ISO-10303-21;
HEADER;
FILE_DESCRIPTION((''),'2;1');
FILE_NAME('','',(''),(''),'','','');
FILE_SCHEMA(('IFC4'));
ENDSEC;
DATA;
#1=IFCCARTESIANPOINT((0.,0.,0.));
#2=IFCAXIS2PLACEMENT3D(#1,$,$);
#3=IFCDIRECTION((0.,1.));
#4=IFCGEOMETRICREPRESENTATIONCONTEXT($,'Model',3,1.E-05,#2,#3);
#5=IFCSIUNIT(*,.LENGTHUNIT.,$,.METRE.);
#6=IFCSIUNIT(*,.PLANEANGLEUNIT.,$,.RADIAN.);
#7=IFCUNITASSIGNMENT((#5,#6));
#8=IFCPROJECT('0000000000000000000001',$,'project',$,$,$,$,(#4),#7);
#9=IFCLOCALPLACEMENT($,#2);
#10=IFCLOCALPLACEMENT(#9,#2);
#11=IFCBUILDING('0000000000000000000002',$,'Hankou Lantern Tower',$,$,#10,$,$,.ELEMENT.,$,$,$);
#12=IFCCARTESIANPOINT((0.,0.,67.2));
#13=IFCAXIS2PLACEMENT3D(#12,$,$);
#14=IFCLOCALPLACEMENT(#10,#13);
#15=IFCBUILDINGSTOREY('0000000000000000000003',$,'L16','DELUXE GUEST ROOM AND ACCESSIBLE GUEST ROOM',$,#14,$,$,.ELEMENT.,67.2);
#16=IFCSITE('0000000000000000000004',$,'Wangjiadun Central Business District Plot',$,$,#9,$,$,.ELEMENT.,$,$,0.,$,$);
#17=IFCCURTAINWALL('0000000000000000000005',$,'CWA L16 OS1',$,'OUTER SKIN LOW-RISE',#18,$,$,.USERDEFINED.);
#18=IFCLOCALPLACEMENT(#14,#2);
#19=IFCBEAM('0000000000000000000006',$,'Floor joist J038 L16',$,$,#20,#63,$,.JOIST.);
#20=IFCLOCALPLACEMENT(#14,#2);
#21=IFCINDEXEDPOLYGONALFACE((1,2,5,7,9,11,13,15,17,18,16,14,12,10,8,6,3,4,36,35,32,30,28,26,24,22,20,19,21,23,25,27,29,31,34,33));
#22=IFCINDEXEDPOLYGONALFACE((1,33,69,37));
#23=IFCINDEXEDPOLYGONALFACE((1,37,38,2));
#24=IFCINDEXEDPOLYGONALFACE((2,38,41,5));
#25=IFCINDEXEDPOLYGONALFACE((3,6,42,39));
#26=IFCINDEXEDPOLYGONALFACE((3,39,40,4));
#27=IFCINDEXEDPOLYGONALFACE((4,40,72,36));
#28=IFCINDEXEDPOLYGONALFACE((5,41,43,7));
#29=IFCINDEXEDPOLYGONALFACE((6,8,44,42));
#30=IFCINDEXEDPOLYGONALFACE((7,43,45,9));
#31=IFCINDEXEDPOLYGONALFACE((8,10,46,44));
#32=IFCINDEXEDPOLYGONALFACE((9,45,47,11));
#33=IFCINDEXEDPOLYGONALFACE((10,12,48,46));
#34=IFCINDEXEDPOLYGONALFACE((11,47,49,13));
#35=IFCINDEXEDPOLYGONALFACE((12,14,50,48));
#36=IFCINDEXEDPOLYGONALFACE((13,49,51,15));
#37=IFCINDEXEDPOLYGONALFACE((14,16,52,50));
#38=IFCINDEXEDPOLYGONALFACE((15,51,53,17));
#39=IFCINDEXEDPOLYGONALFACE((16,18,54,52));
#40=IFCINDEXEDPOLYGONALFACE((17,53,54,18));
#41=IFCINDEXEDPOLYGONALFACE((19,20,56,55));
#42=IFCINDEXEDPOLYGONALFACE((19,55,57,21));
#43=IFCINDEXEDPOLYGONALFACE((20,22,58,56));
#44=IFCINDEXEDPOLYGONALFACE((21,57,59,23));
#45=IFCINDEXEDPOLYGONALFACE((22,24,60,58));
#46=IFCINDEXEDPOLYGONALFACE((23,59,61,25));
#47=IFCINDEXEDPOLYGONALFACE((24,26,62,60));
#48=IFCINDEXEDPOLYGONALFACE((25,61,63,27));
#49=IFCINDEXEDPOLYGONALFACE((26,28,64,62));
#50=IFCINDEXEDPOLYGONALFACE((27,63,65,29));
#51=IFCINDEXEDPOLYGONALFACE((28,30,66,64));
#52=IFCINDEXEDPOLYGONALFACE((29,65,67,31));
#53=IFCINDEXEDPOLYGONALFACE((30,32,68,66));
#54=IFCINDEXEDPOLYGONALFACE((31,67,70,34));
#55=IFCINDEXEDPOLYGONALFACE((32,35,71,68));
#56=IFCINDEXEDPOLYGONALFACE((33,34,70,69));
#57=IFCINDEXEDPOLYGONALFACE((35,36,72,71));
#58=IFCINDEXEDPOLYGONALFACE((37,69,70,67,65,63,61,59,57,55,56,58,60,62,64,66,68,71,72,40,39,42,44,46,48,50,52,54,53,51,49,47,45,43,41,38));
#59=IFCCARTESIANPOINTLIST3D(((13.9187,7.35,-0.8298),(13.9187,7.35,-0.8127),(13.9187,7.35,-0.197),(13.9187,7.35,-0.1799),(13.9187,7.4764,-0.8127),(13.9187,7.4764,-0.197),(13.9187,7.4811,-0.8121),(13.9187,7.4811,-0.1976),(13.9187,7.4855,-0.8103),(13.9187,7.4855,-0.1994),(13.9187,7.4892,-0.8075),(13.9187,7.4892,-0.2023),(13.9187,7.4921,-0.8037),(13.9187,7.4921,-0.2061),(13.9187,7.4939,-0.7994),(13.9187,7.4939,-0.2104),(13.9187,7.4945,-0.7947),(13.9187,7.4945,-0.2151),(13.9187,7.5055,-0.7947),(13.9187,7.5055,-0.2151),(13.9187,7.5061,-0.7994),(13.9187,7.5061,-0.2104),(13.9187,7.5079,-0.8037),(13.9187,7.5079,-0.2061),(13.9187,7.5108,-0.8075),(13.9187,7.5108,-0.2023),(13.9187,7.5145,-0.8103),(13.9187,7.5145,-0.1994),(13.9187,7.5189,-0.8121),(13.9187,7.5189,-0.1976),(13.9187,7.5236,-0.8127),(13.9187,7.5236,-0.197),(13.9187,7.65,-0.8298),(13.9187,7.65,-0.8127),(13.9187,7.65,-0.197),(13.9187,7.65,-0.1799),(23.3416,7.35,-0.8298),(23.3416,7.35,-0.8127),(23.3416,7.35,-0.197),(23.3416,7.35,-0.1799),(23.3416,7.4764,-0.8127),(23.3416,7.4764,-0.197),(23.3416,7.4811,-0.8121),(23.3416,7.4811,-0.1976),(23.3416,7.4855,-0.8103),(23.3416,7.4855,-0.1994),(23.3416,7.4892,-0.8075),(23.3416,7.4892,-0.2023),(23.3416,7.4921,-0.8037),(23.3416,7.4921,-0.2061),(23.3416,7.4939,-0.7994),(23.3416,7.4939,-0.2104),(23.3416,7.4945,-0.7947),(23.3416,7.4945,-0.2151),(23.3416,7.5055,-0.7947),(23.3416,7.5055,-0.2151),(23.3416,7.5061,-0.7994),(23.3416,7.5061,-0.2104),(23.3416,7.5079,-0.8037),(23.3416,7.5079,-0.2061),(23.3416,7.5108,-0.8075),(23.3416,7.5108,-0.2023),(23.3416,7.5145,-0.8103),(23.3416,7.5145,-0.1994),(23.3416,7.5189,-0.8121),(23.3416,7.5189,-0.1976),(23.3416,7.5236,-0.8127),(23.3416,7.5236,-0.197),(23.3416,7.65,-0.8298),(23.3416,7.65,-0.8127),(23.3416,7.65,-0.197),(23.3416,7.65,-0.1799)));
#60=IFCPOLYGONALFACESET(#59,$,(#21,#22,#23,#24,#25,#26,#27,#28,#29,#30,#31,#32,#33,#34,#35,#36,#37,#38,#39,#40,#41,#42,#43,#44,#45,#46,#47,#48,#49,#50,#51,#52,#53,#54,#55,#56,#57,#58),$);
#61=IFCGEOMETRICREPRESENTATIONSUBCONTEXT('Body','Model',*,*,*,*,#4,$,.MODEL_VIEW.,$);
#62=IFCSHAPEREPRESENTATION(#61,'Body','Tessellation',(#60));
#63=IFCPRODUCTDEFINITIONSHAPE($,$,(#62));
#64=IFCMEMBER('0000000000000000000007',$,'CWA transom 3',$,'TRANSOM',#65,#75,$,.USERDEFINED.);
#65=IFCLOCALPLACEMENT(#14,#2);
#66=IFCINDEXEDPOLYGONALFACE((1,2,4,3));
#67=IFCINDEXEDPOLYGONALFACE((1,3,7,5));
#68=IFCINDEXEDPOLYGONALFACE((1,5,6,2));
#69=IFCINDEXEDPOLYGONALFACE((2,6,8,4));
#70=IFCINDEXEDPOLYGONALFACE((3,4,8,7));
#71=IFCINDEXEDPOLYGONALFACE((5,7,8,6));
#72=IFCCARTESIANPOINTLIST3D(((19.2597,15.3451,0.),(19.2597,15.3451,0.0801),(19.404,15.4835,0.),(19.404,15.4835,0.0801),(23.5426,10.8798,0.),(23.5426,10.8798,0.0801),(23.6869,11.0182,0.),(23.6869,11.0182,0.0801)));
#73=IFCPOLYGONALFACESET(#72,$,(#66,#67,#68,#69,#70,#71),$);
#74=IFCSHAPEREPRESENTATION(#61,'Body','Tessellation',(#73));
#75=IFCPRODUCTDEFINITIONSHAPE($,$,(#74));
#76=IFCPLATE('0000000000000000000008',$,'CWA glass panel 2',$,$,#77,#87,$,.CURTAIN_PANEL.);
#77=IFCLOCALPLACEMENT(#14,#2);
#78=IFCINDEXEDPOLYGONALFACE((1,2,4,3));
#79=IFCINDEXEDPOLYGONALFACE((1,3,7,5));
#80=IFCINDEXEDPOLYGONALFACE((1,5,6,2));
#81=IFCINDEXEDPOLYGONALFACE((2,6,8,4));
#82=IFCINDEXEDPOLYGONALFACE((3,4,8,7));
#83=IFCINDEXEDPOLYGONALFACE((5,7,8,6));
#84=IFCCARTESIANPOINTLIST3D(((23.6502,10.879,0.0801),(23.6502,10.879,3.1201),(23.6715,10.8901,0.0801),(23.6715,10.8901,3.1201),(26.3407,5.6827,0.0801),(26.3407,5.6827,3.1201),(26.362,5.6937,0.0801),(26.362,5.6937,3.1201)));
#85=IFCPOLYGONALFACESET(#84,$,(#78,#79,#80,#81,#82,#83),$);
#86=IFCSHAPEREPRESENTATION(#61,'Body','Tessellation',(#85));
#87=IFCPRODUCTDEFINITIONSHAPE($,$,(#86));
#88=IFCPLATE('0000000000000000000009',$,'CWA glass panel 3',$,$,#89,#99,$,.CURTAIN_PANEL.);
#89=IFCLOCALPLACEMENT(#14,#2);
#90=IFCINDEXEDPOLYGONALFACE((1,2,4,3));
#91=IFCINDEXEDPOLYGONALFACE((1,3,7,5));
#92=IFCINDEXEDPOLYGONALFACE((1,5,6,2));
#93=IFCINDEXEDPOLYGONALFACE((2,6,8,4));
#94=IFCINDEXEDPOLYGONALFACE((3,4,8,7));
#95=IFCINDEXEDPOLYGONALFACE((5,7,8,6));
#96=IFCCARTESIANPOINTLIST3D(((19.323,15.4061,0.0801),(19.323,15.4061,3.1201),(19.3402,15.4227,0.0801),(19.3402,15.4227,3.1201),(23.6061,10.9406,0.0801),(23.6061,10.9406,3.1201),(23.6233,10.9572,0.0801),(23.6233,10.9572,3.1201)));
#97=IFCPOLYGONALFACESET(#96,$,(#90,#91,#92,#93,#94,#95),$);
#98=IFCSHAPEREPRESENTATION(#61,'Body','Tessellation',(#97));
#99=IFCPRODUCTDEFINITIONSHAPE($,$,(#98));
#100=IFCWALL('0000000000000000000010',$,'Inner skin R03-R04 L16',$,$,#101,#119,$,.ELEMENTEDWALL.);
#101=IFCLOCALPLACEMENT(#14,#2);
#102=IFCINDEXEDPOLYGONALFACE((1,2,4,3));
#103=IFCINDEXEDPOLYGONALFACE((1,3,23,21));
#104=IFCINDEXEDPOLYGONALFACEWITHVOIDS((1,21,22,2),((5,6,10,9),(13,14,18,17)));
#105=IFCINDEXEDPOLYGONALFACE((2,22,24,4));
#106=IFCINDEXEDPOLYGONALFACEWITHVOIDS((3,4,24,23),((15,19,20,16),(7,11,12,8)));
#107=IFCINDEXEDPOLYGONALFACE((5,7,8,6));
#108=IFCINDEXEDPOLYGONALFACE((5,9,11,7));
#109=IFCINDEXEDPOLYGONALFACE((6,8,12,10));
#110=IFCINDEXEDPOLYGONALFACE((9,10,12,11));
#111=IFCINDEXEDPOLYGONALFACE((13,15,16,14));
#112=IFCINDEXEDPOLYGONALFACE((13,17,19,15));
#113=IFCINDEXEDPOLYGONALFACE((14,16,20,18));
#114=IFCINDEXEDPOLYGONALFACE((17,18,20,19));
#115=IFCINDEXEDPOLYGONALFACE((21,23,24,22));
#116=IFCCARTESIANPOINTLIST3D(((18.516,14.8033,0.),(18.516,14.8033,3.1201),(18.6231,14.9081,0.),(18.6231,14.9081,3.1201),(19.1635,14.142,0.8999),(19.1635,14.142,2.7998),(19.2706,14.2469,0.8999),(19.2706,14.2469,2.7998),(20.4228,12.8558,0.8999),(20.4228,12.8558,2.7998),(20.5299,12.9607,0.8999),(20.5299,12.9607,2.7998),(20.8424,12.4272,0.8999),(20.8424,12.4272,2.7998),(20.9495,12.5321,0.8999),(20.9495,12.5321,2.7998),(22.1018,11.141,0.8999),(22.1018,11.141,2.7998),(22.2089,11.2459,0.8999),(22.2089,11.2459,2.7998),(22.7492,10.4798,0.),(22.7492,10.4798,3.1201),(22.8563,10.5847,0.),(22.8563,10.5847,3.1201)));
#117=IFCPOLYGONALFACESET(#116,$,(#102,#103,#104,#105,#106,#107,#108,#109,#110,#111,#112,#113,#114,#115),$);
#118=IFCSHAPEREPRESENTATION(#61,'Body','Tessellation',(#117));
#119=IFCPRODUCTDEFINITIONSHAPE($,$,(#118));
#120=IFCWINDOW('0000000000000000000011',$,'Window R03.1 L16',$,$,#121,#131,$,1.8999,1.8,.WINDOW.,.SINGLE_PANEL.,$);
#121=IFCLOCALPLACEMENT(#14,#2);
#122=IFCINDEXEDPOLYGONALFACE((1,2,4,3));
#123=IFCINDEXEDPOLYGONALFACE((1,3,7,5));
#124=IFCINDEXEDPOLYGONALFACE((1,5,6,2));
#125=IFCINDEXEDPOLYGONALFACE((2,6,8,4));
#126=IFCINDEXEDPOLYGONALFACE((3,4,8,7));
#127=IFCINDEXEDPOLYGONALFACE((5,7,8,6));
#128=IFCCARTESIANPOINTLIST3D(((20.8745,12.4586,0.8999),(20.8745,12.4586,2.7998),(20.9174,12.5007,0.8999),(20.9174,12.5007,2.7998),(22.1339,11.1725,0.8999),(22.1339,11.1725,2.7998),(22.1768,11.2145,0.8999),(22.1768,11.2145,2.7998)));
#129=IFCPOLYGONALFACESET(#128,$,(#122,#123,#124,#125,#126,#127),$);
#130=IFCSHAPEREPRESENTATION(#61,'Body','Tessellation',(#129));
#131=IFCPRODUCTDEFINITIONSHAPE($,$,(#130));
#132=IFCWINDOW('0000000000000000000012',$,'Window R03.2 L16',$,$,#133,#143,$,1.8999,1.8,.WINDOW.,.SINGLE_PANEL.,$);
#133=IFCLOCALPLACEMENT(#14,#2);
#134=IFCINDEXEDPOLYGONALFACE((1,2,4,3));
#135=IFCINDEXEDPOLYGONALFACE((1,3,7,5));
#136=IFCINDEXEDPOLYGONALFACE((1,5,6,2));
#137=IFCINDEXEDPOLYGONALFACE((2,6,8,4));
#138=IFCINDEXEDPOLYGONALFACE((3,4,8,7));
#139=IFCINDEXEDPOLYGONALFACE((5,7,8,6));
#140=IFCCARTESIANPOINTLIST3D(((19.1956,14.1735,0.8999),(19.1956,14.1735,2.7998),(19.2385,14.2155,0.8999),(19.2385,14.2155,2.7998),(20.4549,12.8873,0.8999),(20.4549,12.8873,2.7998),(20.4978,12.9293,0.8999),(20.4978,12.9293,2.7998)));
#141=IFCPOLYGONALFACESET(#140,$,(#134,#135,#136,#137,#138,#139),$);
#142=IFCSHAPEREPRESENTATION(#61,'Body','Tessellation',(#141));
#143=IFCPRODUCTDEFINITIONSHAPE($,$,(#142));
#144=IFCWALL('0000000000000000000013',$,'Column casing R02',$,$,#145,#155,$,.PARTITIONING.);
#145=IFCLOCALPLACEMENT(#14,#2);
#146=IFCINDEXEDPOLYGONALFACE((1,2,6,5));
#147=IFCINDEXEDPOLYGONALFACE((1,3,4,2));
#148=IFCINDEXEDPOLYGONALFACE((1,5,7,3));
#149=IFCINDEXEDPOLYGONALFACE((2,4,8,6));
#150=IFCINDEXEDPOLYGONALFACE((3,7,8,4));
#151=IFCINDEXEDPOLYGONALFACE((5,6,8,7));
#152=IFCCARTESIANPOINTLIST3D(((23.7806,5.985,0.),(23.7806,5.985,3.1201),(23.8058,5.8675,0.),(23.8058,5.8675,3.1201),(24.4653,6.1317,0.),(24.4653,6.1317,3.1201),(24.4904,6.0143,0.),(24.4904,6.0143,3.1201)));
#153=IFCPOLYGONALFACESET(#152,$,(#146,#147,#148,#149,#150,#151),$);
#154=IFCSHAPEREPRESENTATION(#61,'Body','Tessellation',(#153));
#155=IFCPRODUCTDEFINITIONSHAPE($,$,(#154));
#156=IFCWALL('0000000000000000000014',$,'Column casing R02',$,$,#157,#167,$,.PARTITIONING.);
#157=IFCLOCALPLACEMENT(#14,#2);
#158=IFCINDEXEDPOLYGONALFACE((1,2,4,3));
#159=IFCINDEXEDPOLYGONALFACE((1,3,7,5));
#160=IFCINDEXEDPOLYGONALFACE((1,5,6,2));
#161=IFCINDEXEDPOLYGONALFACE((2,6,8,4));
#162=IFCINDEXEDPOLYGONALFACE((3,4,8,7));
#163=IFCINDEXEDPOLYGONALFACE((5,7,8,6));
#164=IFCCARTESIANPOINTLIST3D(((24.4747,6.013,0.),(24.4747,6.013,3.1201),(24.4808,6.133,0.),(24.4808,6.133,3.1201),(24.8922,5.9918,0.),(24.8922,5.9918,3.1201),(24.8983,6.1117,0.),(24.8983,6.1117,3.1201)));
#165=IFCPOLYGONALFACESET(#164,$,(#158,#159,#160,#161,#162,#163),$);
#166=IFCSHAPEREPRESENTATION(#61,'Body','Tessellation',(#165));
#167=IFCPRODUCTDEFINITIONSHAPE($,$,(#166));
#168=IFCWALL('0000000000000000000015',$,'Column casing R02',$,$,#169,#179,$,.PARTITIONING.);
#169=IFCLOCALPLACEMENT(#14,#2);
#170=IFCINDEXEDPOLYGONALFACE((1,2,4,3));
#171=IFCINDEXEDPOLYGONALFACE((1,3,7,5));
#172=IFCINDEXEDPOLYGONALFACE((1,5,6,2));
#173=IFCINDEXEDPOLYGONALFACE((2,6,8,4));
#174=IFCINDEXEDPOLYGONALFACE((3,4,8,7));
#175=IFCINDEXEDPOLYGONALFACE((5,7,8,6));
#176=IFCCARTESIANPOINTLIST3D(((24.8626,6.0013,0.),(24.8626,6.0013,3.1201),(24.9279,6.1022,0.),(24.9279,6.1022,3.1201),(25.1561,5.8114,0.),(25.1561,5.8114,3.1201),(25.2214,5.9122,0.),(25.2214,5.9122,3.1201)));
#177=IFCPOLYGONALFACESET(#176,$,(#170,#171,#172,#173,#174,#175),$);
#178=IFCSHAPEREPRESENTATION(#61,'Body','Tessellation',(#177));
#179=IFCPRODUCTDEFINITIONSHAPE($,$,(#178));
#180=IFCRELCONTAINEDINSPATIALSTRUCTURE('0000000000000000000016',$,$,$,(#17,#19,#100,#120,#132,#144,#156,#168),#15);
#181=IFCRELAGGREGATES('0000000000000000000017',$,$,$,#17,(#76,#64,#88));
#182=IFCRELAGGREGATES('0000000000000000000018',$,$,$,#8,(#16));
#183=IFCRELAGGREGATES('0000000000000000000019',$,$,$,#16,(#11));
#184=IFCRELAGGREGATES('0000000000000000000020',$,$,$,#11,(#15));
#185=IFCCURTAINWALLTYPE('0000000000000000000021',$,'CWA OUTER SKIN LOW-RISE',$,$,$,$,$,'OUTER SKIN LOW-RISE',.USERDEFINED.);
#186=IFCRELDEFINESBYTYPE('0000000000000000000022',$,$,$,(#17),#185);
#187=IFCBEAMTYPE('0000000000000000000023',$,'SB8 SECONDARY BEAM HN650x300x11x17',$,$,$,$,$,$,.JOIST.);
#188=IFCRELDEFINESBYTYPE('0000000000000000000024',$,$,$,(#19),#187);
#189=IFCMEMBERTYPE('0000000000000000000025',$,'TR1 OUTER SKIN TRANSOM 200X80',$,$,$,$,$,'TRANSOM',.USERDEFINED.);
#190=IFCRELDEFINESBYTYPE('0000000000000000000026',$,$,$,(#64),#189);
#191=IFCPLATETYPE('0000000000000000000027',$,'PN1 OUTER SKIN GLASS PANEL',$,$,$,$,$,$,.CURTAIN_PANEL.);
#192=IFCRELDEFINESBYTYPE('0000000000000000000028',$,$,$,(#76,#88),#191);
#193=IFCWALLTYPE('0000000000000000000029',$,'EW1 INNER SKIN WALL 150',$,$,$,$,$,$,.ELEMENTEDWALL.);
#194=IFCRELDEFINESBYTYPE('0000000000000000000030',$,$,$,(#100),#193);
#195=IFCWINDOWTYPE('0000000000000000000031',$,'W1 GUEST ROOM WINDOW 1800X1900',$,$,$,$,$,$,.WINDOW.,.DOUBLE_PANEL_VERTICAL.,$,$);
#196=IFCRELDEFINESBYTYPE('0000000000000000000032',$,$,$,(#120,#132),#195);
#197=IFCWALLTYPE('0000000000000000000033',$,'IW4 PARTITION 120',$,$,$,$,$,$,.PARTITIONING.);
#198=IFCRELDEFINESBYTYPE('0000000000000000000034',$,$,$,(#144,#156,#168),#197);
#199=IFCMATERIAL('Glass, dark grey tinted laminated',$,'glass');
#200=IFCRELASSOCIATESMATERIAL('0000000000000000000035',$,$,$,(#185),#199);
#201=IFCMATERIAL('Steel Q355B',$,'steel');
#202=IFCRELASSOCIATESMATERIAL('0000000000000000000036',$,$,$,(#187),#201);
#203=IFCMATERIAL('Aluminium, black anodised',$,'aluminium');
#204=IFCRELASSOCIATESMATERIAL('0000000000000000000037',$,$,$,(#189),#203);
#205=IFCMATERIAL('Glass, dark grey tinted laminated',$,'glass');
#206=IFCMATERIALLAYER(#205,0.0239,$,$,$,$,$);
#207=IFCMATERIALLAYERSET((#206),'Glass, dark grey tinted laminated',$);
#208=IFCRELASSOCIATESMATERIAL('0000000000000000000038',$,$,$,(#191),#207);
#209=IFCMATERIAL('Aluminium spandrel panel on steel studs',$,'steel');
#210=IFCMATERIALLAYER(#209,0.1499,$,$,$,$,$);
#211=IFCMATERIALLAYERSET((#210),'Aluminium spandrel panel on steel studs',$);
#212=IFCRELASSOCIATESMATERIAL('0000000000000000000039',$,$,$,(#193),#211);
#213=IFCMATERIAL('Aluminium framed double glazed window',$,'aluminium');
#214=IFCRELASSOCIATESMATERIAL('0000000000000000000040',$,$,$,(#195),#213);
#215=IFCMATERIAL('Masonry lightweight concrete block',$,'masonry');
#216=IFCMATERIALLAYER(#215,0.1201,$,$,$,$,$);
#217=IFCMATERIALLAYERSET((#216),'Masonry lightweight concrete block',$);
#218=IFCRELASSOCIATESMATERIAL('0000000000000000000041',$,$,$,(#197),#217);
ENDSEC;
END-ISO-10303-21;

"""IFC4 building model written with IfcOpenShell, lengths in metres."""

from ifc_helpers import new_model, si_unit, direction, frame, frame_2d, origin, origin_2d, place, context, subcontext, project, spatial, rectangle, i_section, extrude, material, layer, layer_set, material_profile, profile_set, type_object, element, fill, aggregate, save


model = new_model("IFC4")

# Units and contexts
model_context = context("Model", 3, precision=1e-05, world=origin(), true_north=direction((0.0, 1.0)))
body_context = subcontext(model_context, "Body", "Model", "MODEL_VIEW")
ifc_project = project(units=[si_unit("LENGTHUNIT", "METRE"), si_unit("PLANEANGLEUNIT", "RADIAN")], contexts=[model_context])

# Site, building, storey
site_placement = place(None, origin())
site = spatial("IfcSite", under=ifc_project, at=site_placement, Name="Wangjiadun Central Business District Plot", CompositionType="ELEMENT", RefElevation=0.0)
building_placement = place(site_placement, origin())
building = spatial("IfcBuilding", under=site, at=building_placement, Name="Hankou Lantern Tower", CompositionType="ELEMENT")
storey_placement = place(building_placement, frame((0.0, 0.0, 67.2)))
storey = spatial("IfcBuildingStorey", under=building, at=storey_placement, Name="L16", Description="DELUXE GUEST ROOM AND ACCESSIBLE GUEST ROOM", CompositionType="ELEMENT", Elevation=67.2)

# Curtain wall
ifc_material_1 = material(Name="Glass, dark grey tinted laminated", Category="glass")
curtain_wall_type = type_object("IfcCurtainWallType", Name="CWA OUTER SKIN LOW-RISE", ElementType="OUTER SKIN LOW-RISE", PredefinedType="USERDEFINED", material=ifc_material_1)
curtain_wall_placement = place(storey_placement, origin())
curtain_wall = element("IfcCurtainWall", 1, at=curtain_wall_placement, inside=storey, type_object=curtain_wall_type, Name="CWA L16 OS1", ObjectType="OUTER SKIN LOW-RISE", PredefinedType="USERDEFINED")

# Beam
ifc_material_2 = material(Name="Steel Q355B", Category="steel")
ifc_material_profile_1 = material_profile(ifc_material_2, i_section(OverallWidth=0.3, OverallDepth=0.6499, WebThickness=0.011, FlangeThickness=0.0171, FilletRadius=0.0181, at=origin_2d()), Name="HN650x300x11x17")
ifc_profile_set_1 = profile_set([ifc_material_profile_1], Name="Steel Q355B")
beam_type_1 = type_object("IfcBeamType", Name="SB8 SECONDARY BEAM HN650x300x11x17", PredefinedType="JOIST", material=ifc_profile_set_1)
beam_1_placement = place(storey_placement, frame((13.9187, 7.5, -0.5049), z_axis=(1.0, 0.0, 0.0), x_axis=(0.0, 1.0, 0.0)))
element("IfcBeam", 2, at=beam_1_placement, inside=storey, type_object=beam_type_1, Name="Floor joist J038 L16", PredefinedType="JOIST", context=body_context, shape_type="SweptSolid", body=[
    extrude(i_section(OverallWidth=0.3, OverallDepth=0.6499, WebThickness=0.011, FlangeThickness=0.0171, FilletRadius=0.0181, at=origin_2d()), origin(), (0.0, 0.0, 1.0), 9.4229),
])

# Member
ifc_material_3 = material(Name="Aluminium, black anodised", Category="aluminium")
ifc_material_profile_2 = material_profile(ifc_material_3, rectangle(XDim=0.2, YDim=0.0801, at=origin_2d()), Name="TR1 200X80")
ifc_profile_set_2 = profile_set([ifc_material_profile_2], Name="Aluminium, black anodised")
member_type_1 = type_object("IfcMemberType", Name="TR1 OUTER SKIN TRANSOM 200X80", ElementType="TRANSOM", PredefinedType="USERDEFINED", material=ifc_profile_set_2)
member_1_placement = place(storey_placement, frame((23.6147, 10.949, 0.04), z_axis=(-0.692216, 0.721691, 0.0), x_axis=(-0.721691, -0.692216, 0.0)))
member_1 = element("IfcMember", 3, at=member_1_placement, type_object=member_type_1, Name="CWA transom 3", ObjectType="TRANSOM", PredefinedType="USERDEFINED", context=body_context, shape_type="SweptSolid", body=[
    extrude(rectangle(XDim=0.2, YDim=0.0801, at=origin_2d()), origin(), (0.0, 0.0, 1.0), 6.1873),
])

# Plates
ifc_material_4 = material(Name="Glass, dark grey tinted laminated", Category="glass")
ifc_layer_1 = layer(ifc_material_4, 0.0239)
ifc_layer_set_1 = layer_set([ifc_layer_1], Name="Glass, dark grey tinted laminated")
plate_type = type_object("IfcPlateType", Name="PN1 OUTER SKIN GLASS PANEL", PredefinedType="CURTAIN_PANEL", material=ifc_layer_set_1)
plate_1_placement = place(storey_placement, frame((25.0061, 8.2864, 0.0801), z_axis=(0.0, 0.0, 1.0), x_axis=(-0.459791, 0.888027, 0.0)))
plate_1 = element("IfcPlate", 4, at=plate_1_placement, type_object=plate_type, Name="CWA glass panel 2", PredefinedType="CURTAIN_PANEL", context=body_context, shape_type="SweptSolid", body=[
    extrude(rectangle(XDim=5.8516, YDim=0.0239, at=origin_2d()), origin(), (0.0, 0.0, 1.0), 3.04),
])
plate_2_placement = place(storey_placement, frame((21.4731, 13.1816, 0.0801), z_axis=(0.0, 0.0, 1.0), x_axis=(-0.692216, 0.721691, 0.0)))
plate_2 = element("IfcPlate", 5, at=plate_2_placement, type_object=plate_type, Name="CWA glass panel 3", PredefinedType="CURTAIN_PANEL", context=body_context, shape_type="SweptSolid", body=[
    extrude(rectangle(XDim=6.1875, YDim=0.0239, at=origin_2d()), origin(), (0.0, 0.0, 1.0), 3.04),
])
aggregate(curtain_wall, [plate_1, member_1, plate_2])

# Wall, openings, windows
ifc_material_5 = material(Name="Aluminium spandrel panel on steel studs", Category="steel")
ifc_layer_2 = layer(ifc_material_5, 0.1499)
ifc_layer_set_2 = layer_set([ifc_layer_2], Name="Aluminium spandrel panel on steel studs")
wall_type_1 = type_object("IfcWallType", Name="EW1 INNER SKIN WALL 150", PredefinedType="ELEMENTEDWALL", material=ifc_layer_set_2)
wall_1_placement = place(storey_placement, frame((22.8027, 10.5322, 0.0), z_axis=(0.0, 0.0, 1.0), x_axis=(-0.699603, 0.714532, 0.0)))
wall_1 = element("IfcWall", 6, at=wall_1_placement, inside=storey, type_object=wall_type_1, Name="Inner skin R03-R04 L16", PredefinedType="ELEMENTEDWALL", context=body_context, shape_type="SweptSolid", body=[
    extrude(rectangle(XDim=6.0508, YDim=0.1499, at=frame_2d((3.0254, 0.0))), origin(), (0.0, 0.0, 1.0), 3.1201),
])
opening_1_placement = place(wall_1_placement, frame((0.9255, 0.0, 0.8999)))
opening_1 = element("IfcOpeningElement", 7, at=opening_1_placement, cuts=wall_1, PredefinedType="OPENING", context=body_context, shape_type="SweptSolid", body=[
    extrude(rectangle(XDim=1.8, YDim=1.8999, at=frame_2d((0.8999, 0.95))), frame((0.0, 0.085, 0.0), z_axis=(0.0, -1.0, 0.0), x_axis=(1.0, 0.0, 0.0)), (0.0, 0.0, 1.0), 0.1699),
])
opening_2_placement = place(wall_1_placement, frame((3.3254, 0.0, 0.8999)))
opening_2 = element("IfcOpeningElement", 8, at=opening_2_placement, cuts=wall_1, PredefinedType="OPENING", context=body_context, shape_type="SweptSolid", body=[
    extrude(rectangle(XDim=1.8, YDim=1.8999, at=frame_2d((0.8999, 0.95))), frame((0.0, 0.085, 0.0), z_axis=(0.0, -1.0, 0.0), x_axis=(1.0, 0.0, 0.0)), (0.0, 0.0, 1.0), 0.1699),
])
ifc_material_6 = material(Name="Aluminium framed double glazed window", Category="aluminium")
window_type = type_object("IfcWindowType", Name="W1 GUEST ROOM WINDOW 1800X1900", PartitioningType="DOUBLE_PANEL_VERTICAL", PredefinedType="WINDOW", material=ifc_material_6)
window_1_placement = place(opening_1_placement, origin())
window_1 = element("IfcWindow", 9, at=window_1_placement, inside=storey, type_object=window_type, Name="Window R03.1 L16", OverallHeight=1.8999, OverallWidth=1.8, PartitioningType="SINGLE_PANEL", PredefinedType="WINDOW", context=body_context, shape_type="SweptSolid", body=[
    extrude(rectangle(XDim=1.8, YDim=1.8999, at=frame_2d((0.8999, 0.95))), frame((0.0, 0.03, 0.0), z_axis=(0.0, -1.0, 0.0), x_axis=(1.0, 0.0, 0.0)), (0.0, 0.0, 1.0), 0.0601),
])
fill(opening_1, window_1)
window_2_placement = place(opening_2_placement, origin())
window_2 = element("IfcWindow", 10, at=window_2_placement, inside=storey, type_object=window_type, Name="Window R03.2 L16", OverallHeight=1.8999, OverallWidth=1.8, PartitioningType="SINGLE_PANEL", PredefinedType="WINDOW", context=body_context, shape_type="SweptSolid", body=[
    extrude(rectangle(XDim=1.8, YDim=1.8999, at=frame_2d((0.8999, 0.95))), frame((0.0, 0.03, 0.0), z_axis=(0.0, -1.0, 0.0), x_axis=(1.0, 0.0, 0.0)), (0.0, 0.0, 1.0), 0.0601),
])
fill(opening_2, window_2)

# Walls
ifc_material_7 = material(Name="Masonry lightweight concrete block", Category="masonry")
ifc_layer_3 = layer(ifc_material_7, 0.1201)
ifc_layer_set_3 = layer_set([ifc_layer_3], Name="Masonry lightweight concrete block")
wall_type_2 = type_object("IfcWallType", Name="IW4 PARTITION 120", PredefinedType="PARTITIONING", material=ifc_layer_set_3)
wall_2_placement = place(storey_placement, frame((23.7932, 5.9263, 0.0), z_axis=(0.0, 0.0, 1.0), x_axis=(0.977792, 0.209577, 0.0)))
element("IfcWall", 11, at=wall_2_placement, inside=storey, type_object=wall_type_2, Name="Column casing R02", PredefinedType="PARTITIONING", context=body_context, shape_type="SweptSolid", body=[
    extrude(rectangle(XDim=0.7002, YDim=0.1201, at=frame_2d((0.3501, 0.0))), origin(), (0.0, 0.0, 1.0), 3.1201),
])
wall_3_placement = place(storey_placement, frame((24.4778, 6.073, 0.0), z_axis=(0.0, 0.0, 1.0), x_axis=(0.998708, -0.050811, 0.0)))
element("IfcWall", 12, at=wall_3_placement, inside=storey, type_object=wall_type_2, Name="Column casing R02", PredefinedType="PARTITIONING", context=body_context, shape_type="SweptSolid", body=[
    extrude(rectangle(XDim=0.418, YDim=0.1201, at=frame_2d((0.209, 0.0))), origin(), (0.0, 0.0, 1.0), 3.1201),
])
wall_4_placement = place(storey_placement, frame((24.8953, 6.0518, 0.0), z_axis=(0.0, 0.0, 1.0), x_axis=(0.839495, -0.543367, 0.0)))
element("IfcWall", 13, at=wall_4_placement, inside=storey, type_object=wall_type_2, Name="Column casing R02", PredefinedType="PARTITIONING", context=body_context, shape_type="SweptSolid", body=[
    extrude(rectangle(XDim=0.3496, YDim=0.1201, at=frame_2d((0.1748, 0.0))), origin(), (0.0, 0.0, 1.0), 3.1201),
])

save(model, "model.ifc")
